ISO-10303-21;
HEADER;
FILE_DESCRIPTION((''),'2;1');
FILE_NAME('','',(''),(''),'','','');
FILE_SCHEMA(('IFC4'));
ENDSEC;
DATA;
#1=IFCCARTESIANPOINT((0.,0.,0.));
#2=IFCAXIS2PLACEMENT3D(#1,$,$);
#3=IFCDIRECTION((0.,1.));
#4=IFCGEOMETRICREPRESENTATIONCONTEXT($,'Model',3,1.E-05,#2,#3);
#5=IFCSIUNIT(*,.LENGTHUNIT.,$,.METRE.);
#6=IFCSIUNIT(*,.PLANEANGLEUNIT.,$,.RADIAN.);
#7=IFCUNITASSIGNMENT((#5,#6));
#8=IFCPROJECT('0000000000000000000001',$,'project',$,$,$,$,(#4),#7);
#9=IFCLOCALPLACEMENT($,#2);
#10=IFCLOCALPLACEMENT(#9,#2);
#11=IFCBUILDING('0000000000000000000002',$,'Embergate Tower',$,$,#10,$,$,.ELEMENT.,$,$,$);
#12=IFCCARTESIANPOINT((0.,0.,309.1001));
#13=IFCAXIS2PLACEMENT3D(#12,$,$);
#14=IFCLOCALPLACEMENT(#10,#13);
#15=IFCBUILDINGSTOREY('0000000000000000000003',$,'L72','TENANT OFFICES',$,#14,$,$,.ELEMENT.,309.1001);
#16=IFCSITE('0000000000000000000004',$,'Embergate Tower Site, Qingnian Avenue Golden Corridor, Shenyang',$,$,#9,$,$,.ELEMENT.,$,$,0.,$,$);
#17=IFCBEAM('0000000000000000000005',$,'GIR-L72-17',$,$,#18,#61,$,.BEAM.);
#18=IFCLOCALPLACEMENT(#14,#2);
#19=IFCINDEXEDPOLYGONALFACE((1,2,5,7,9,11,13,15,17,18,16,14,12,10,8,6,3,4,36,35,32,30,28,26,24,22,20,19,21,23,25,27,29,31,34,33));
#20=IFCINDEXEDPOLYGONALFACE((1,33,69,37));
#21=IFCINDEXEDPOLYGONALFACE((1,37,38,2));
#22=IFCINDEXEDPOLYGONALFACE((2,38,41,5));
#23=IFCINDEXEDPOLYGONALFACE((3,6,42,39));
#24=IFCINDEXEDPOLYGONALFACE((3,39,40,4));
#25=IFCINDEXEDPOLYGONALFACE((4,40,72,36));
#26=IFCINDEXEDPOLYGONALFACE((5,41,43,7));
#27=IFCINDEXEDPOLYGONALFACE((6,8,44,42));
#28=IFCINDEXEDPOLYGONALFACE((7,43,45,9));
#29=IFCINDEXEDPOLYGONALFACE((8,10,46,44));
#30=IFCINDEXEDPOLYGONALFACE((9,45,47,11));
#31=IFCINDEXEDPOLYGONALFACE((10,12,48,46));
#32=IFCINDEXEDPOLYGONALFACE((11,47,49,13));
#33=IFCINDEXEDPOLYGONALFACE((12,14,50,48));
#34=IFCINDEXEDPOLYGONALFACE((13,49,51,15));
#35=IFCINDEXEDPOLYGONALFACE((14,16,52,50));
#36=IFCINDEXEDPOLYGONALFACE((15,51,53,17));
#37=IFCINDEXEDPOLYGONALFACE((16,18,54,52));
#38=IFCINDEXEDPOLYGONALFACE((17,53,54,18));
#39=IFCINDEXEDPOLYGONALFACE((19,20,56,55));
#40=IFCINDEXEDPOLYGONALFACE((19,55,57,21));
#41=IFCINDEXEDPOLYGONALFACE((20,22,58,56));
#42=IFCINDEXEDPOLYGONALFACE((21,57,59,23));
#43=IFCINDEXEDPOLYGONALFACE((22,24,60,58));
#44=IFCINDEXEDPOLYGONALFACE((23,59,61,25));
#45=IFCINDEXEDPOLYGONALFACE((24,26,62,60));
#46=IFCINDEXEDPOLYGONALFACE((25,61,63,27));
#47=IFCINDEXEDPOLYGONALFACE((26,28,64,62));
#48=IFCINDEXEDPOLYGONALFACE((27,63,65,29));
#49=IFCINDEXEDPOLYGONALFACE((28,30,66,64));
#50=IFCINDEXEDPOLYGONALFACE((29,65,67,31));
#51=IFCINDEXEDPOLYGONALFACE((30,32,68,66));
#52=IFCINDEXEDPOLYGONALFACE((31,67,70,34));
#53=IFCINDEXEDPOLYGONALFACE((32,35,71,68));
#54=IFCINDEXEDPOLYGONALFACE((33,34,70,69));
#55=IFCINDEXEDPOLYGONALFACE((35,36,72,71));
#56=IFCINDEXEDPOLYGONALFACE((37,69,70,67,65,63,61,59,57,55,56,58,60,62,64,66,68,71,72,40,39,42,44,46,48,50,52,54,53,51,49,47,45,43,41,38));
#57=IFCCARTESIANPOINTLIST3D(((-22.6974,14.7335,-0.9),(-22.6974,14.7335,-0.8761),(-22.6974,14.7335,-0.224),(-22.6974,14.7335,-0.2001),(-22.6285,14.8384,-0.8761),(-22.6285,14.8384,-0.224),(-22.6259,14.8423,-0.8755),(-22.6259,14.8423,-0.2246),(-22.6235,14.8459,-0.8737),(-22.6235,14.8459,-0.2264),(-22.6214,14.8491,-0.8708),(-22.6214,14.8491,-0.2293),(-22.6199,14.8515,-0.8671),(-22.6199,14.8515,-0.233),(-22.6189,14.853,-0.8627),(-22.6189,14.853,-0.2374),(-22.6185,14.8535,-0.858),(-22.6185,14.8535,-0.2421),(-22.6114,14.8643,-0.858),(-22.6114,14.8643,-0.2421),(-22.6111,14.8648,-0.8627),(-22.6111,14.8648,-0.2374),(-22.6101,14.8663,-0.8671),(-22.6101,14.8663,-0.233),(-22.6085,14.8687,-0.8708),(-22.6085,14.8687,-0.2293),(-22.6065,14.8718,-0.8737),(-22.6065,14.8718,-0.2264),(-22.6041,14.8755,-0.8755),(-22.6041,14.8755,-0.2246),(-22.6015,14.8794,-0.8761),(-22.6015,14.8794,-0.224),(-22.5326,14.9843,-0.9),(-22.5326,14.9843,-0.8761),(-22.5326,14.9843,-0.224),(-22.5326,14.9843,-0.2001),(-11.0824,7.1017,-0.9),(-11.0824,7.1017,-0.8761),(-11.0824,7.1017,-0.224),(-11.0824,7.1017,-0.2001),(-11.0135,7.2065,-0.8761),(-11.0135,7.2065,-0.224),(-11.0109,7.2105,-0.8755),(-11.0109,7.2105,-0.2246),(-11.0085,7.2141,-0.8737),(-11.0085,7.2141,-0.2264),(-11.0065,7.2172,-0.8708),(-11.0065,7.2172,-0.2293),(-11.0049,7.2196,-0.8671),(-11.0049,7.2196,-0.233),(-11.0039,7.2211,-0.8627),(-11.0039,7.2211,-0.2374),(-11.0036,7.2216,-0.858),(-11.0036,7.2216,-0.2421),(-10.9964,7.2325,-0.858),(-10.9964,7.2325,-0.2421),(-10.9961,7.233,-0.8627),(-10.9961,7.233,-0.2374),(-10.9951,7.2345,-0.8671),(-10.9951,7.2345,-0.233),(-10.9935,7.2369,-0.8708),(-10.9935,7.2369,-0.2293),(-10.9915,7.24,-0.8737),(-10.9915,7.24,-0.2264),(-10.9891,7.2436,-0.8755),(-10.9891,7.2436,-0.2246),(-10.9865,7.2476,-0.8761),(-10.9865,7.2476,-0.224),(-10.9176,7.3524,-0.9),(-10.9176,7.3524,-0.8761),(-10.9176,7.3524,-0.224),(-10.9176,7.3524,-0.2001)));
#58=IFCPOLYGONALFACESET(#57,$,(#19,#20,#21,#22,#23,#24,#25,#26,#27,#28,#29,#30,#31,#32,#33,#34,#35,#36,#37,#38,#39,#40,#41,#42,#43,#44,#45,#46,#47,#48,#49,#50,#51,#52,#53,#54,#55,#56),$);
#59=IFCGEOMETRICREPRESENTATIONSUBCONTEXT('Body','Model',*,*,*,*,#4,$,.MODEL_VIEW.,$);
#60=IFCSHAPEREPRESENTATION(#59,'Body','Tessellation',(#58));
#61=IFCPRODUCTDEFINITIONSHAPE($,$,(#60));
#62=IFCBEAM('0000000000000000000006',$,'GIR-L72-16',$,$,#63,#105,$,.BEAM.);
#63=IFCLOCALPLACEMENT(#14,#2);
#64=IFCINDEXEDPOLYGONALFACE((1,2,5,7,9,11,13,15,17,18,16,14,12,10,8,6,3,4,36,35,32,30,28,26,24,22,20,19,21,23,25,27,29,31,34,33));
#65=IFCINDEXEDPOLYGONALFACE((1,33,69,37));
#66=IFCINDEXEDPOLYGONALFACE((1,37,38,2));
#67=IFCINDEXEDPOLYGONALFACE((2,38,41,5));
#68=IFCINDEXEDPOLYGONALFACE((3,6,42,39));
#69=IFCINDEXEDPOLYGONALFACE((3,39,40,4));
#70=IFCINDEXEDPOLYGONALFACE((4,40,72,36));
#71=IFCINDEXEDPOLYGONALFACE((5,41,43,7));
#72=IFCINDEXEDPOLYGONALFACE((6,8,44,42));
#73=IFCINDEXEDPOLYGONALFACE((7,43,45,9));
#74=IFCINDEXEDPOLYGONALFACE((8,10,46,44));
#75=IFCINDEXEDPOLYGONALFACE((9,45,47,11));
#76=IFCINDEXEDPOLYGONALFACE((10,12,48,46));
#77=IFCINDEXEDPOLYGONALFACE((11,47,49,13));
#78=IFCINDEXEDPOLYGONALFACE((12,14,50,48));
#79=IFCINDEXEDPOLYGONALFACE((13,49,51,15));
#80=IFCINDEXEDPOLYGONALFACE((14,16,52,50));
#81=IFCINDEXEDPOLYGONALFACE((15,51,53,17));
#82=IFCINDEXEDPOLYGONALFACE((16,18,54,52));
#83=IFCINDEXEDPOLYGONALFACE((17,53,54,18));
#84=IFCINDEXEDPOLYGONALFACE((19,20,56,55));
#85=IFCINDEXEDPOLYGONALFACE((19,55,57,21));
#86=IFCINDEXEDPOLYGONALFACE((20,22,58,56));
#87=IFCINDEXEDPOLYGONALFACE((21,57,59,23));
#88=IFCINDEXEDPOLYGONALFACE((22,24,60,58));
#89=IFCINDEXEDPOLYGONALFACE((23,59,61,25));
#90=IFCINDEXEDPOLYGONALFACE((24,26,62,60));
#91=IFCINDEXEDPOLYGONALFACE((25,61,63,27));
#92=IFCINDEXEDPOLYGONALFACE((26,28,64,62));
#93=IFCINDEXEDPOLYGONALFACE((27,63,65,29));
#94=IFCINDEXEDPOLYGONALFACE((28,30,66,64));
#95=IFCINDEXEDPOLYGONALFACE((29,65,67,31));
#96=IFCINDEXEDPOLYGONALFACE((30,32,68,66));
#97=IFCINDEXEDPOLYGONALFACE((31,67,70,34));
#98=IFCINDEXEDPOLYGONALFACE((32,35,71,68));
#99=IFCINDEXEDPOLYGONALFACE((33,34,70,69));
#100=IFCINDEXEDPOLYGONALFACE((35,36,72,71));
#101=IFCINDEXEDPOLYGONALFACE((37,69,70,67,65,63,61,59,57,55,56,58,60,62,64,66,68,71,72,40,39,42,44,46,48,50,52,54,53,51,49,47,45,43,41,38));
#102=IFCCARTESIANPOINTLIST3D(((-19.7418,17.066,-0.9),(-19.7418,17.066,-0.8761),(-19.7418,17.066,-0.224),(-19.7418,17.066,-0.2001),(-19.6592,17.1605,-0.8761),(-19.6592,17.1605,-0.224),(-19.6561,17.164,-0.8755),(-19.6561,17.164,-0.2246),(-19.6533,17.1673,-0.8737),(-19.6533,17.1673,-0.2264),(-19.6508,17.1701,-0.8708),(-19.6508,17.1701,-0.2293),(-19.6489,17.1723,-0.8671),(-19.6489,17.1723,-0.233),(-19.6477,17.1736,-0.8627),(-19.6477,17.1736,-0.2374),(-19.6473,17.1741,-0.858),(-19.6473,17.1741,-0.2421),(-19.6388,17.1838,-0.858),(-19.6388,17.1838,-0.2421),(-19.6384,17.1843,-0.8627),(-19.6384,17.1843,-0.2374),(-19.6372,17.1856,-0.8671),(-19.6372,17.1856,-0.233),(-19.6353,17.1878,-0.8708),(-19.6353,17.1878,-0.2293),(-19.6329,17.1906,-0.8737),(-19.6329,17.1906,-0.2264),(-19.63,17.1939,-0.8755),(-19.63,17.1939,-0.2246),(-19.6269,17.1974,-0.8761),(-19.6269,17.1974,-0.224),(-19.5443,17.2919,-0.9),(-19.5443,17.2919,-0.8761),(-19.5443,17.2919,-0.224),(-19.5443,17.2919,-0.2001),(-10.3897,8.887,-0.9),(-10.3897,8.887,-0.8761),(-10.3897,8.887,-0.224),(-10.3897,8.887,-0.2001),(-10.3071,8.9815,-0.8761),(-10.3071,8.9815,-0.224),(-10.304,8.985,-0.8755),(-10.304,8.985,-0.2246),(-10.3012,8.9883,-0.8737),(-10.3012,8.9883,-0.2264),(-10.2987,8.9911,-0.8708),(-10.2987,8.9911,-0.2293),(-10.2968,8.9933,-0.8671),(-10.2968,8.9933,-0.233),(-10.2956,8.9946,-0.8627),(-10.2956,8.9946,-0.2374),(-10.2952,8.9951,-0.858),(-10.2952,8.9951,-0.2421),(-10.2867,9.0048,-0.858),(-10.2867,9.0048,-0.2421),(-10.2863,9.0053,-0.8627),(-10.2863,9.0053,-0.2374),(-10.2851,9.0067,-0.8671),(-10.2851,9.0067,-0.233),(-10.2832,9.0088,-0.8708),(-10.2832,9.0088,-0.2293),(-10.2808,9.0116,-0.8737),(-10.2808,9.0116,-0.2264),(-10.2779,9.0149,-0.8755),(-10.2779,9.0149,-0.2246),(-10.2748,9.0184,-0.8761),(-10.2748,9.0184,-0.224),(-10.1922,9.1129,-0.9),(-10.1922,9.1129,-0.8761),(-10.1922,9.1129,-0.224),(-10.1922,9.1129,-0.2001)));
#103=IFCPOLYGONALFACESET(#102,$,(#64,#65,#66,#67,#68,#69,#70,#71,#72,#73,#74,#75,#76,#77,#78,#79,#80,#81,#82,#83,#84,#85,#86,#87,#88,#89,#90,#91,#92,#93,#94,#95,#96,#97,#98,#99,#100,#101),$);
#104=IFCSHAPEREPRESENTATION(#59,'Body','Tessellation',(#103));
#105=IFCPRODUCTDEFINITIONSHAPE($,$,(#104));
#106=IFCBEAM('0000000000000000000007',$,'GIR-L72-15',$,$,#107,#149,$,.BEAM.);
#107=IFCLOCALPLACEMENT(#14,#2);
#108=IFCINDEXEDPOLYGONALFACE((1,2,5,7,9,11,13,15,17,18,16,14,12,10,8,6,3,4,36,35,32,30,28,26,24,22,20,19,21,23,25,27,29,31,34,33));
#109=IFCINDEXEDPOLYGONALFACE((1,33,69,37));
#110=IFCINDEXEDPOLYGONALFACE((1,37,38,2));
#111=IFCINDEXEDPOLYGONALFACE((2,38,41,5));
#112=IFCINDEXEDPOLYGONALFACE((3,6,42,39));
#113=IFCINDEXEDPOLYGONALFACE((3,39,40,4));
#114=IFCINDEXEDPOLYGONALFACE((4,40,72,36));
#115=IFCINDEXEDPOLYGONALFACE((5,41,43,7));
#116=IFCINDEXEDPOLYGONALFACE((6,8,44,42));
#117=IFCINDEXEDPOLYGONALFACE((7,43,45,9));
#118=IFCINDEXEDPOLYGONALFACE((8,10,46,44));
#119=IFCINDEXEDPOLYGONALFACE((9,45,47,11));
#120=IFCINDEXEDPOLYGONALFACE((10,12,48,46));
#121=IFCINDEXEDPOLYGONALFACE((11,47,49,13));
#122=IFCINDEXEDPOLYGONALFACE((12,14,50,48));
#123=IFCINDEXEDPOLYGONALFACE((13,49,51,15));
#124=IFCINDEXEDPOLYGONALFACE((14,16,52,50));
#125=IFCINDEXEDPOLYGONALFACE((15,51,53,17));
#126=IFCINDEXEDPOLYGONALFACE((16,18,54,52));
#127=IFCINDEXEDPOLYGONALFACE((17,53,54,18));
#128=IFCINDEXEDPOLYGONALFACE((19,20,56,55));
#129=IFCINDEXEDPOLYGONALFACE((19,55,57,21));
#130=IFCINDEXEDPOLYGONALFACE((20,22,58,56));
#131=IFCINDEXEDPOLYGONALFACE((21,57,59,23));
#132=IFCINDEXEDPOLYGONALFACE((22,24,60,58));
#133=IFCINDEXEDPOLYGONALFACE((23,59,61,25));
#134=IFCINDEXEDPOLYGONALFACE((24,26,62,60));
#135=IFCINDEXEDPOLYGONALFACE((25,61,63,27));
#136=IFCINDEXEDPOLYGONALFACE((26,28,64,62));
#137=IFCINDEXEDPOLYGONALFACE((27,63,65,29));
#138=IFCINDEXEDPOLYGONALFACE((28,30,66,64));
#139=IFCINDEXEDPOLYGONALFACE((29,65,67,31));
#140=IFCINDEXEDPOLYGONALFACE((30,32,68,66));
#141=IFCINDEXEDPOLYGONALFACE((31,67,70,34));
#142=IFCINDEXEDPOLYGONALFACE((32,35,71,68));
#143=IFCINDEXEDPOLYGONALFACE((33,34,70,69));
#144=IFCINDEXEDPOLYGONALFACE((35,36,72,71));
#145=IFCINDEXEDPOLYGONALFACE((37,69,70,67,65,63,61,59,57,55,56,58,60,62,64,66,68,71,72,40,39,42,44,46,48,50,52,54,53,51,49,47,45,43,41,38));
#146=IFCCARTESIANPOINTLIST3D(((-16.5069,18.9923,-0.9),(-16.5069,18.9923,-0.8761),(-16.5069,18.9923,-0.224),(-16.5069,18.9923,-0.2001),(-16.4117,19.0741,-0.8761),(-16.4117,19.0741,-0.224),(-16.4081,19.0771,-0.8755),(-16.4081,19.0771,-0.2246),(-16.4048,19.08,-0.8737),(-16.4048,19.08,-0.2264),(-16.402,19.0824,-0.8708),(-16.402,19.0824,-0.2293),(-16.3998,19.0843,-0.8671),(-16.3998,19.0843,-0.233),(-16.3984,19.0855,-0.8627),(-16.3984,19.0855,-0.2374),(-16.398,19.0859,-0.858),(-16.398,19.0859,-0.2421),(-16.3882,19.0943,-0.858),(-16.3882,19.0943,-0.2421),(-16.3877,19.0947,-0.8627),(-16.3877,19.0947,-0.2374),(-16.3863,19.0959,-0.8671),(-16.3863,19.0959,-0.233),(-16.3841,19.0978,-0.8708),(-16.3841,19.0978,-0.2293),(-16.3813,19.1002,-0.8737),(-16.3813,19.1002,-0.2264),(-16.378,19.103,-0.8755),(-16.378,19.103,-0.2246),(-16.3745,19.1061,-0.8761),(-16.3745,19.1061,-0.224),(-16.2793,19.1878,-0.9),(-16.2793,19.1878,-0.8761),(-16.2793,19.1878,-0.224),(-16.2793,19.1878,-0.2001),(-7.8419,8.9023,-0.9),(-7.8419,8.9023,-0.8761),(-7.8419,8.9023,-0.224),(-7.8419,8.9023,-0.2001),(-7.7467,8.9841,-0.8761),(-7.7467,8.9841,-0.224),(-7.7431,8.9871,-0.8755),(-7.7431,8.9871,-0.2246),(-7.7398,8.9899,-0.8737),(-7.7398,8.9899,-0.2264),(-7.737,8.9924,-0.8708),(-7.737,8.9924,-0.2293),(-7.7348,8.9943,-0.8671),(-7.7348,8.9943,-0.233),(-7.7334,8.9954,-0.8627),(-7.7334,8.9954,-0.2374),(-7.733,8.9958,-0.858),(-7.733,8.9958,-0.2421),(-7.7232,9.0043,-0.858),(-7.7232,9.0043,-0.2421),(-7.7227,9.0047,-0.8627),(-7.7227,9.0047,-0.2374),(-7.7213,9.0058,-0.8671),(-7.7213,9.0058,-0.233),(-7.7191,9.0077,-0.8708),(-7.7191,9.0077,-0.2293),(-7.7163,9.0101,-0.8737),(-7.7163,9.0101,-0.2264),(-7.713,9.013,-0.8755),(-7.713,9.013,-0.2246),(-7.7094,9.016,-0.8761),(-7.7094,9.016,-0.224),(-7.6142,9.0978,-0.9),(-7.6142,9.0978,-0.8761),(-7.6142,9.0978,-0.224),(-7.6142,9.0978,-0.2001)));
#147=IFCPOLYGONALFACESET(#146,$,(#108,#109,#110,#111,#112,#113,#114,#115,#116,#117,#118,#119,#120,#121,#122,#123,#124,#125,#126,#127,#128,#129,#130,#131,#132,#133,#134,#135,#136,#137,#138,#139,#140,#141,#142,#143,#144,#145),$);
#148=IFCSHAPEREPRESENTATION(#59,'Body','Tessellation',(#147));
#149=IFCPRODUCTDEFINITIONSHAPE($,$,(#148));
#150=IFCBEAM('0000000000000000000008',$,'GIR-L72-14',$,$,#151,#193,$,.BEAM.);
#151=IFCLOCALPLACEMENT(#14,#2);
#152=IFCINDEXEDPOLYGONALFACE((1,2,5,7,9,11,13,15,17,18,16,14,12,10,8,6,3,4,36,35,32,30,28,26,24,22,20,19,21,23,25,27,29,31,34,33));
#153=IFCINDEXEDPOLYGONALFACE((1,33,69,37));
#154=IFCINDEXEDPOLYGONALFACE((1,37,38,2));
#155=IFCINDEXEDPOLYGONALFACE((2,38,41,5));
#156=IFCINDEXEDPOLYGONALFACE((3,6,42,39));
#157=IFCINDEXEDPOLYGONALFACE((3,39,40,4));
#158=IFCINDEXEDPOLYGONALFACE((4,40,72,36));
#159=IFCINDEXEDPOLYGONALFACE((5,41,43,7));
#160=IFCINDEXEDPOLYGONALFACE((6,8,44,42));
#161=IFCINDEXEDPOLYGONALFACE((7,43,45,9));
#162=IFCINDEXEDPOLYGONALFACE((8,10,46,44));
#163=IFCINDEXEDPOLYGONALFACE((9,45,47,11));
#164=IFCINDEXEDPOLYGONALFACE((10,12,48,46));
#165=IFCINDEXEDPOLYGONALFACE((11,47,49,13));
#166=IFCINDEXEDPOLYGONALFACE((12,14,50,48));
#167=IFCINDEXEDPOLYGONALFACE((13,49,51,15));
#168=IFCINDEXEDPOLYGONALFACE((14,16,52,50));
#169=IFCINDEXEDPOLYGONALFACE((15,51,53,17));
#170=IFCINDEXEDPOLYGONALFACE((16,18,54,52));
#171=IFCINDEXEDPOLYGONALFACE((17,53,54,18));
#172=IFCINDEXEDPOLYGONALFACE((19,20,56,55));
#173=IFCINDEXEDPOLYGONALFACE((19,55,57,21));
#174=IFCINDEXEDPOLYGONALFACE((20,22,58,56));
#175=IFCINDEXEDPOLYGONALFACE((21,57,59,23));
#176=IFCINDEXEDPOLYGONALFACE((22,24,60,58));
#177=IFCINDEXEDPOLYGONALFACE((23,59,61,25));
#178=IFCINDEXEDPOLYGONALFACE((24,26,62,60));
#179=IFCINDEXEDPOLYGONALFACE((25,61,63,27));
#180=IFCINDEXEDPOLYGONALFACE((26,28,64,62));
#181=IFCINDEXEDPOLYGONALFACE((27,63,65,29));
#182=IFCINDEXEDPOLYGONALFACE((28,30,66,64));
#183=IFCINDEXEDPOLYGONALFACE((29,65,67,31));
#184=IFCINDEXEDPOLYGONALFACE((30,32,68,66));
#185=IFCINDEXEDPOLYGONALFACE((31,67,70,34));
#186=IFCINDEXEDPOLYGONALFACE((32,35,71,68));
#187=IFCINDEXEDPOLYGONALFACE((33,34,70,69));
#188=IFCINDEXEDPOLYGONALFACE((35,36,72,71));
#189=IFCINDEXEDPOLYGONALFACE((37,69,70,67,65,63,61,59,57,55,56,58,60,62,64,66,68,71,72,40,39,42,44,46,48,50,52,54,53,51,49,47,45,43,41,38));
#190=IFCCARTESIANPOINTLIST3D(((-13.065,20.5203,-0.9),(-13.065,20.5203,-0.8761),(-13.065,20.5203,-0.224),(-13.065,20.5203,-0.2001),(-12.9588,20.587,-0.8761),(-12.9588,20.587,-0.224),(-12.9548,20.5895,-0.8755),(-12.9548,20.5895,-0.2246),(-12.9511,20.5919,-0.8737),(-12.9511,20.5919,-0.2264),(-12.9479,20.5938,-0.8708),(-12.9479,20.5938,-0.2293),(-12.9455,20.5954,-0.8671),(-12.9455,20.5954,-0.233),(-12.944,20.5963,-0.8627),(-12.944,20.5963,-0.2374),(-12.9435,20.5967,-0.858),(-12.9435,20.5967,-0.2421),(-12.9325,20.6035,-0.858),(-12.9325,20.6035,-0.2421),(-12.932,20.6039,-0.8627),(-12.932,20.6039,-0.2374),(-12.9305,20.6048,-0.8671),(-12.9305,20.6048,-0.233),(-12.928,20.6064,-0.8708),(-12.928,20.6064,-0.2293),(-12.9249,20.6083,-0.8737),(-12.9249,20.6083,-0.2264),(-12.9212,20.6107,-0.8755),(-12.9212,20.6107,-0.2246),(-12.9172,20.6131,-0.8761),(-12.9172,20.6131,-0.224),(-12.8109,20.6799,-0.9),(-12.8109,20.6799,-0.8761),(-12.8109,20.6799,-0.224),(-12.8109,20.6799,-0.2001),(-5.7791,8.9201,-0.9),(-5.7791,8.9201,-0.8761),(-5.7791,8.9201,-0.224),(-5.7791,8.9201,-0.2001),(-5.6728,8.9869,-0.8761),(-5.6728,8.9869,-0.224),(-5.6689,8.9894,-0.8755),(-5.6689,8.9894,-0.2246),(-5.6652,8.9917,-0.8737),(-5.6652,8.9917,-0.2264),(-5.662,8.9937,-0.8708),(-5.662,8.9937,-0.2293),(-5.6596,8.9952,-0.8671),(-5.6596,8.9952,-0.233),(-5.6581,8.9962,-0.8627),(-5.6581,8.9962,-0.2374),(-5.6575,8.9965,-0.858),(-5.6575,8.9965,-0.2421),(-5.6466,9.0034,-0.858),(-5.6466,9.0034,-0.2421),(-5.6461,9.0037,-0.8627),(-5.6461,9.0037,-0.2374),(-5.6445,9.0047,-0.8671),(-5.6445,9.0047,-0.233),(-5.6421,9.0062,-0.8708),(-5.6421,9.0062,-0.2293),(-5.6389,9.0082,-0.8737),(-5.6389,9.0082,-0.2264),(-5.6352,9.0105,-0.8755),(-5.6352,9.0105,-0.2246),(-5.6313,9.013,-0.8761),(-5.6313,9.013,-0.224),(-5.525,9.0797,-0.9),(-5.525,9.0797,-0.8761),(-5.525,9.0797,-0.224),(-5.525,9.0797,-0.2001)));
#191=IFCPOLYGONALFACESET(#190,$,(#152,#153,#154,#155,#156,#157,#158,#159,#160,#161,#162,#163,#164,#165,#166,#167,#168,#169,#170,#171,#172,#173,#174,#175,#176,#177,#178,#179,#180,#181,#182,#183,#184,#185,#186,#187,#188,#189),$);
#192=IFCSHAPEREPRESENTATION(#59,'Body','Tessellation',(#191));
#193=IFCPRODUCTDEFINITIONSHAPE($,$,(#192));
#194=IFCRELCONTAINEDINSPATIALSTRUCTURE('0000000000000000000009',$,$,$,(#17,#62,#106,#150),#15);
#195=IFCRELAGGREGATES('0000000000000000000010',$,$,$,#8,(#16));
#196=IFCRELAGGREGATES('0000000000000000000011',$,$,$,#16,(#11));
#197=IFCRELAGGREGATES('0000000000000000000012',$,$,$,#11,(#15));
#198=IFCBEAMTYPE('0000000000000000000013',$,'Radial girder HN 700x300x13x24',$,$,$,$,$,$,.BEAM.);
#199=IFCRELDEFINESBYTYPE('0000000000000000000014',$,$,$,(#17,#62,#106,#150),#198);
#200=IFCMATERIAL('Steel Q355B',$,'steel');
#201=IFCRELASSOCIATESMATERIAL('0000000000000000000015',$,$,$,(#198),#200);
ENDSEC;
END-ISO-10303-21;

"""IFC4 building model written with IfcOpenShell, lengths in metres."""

from ifc_helpers import new_model, si_unit, direction, frame, origin, origin_2d, place, context, subcontext, project, spatial, i_section, extrude, source, transform, mapped, material, material_profile, profile_set, type_object, element, save


model = new_model("IFC4")

# Units and contexts
model_context = context("Model", 3, precision=1e-05, world=origin(), true_north=direction((0.0, 1.0)))
body_context = subcontext(model_context, "Body", "Model", "MODEL_VIEW")
ifc_project = project(units=[si_unit("LENGTHUNIT", "METRE"), si_unit("PLANEANGLEUNIT", "RADIAN")], contexts=[model_context])

# Site, building, storey
site_placement = place(None, origin())
site = spatial("IfcSite", under=ifc_project, at=site_placement, Name="Embergate Tower Site, Qingnian Avenue Golden Corridor, Shenyang", CompositionType="ELEMENT", RefElevation=0.0)
building_placement = place(site_placement, origin())
building = spatial("IfcBuilding", under=site, at=building_placement, Name="Embergate Tower", CompositionType="ELEMENT")
storey_placement = place(building_placement, frame((0.0, 0.0, 309.1001)))
storey = spatial("IfcBuildingStorey", under=building, at=storey_placement, Name="L72", Description="TENANT OFFICES", CompositionType="ELEMENT", Elevation=309.1001)

# Beams
ifc_material_1 = material(Name="Steel Q355B", Category="steel")
ifc_material_profile_1 = material_profile(ifc_material_1, i_section(OverallWidth=0.3, OverallDepth=0.7, WebThickness=0.0129, FlangeThickness=0.0239, FilletRadius=0.0181, at=origin_2d()), Name="HN 700x300x13x24")
ifc_profile_set_1 = profile_set([ifc_material_profile_1], Name="Steel Q355 grade B")
beam_type_1 = type_object("IfcBeamType", Name="Radial girder HN 700x300x13x24", PredefinedType="BEAM", material=ifc_profile_set_1)
shared_shape_1 = source(origin(), body_context, "Body", "SweptSolid", [
    extrude(i_section(OverallWidth=0.3, OverallDepth=0.7, WebThickness=0.0129, FlangeThickness=0.0239, FilletRadius=0.0181, at=origin_2d()), origin(), (0.0, 0.0, 1.0), 13.8979),
])
beam_1_placement = place(storey_placement, frame((-22.615, 14.8589, -0.55), z_axis=(0.835734, -0.549134, 0.0), x_axis=(0.549134, 0.835734, 0.0)))
element("IfcBeam", 1, at=beam_1_placement, inside=storey, type_object=beam_type_1, Name="GIR-L72-17", PredefinedType="BEAM", context=body_context, shape_type="MappedRepresentation", body=[
    mapped(shared_shape_1, transform((0.0, 0.0, 0.0))),
])
shared_shape_2 = source(origin(), body_context, "Body", "SweptSolid", [
    extrude(i_section(OverallWidth=0.3, OverallDepth=0.7, WebThickness=0.0129, FlangeThickness=0.0239, FilletRadius=0.0181, at=origin_2d()), origin(), (0.0, 0.0, 1.0), 12.4241),
])
beam_2_placement = place(storey_placement, frame((-19.6431, 17.179, -0.55), z_axis=(0.75274, -0.658318, 0.0), x_axis=(0.658318, 0.75274, 0.0)))
element("IfcBeam", 2, at=beam_2_placement, inside=storey, type_object=beam_type_1, Name="GIR-L72-16", PredefinedType="BEAM", context=body_context, shape_type="MappedRepresentation", body=[
    mapped(shared_shape_2, transform((0.0, 0.0, 0.0))),
])
shared_shape_3 = source(origin(), body_context, "Body", "SweptSolid", [
    extrude(i_section(OverallWidth=0.3, OverallDepth=0.7, WebThickness=0.0129, FlangeThickness=0.0239, FilletRadius=0.0181, at=origin_2d()), origin(), (0.0, 0.0, 1.0), 13.3),
])
beam_3_placement = place(storey_placement, frame((-16.3931, 19.0901, -0.55), z_axis=(0.651502, -0.758647, 0.0), x_axis=(0.758647, 0.651502, 0.0)))
element("IfcBeam", 3, at=beam_3_placement, inside=storey, type_object=beam_type_1, Name="GIR-L72-15", PredefinedType="BEAM", context=body_context, shape_type="MappedRepresentation", body=[
    mapped(shared_shape_3, transform((0.0, 0.0, 0.0))),
])
shared_shape_4 = source(origin(), body_context, "Body", "SweptSolid", [
    extrude(i_section(OverallWidth=0.3, OverallDepth=0.7, WebThickness=0.0129, FlangeThickness=0.0239, FilletRadius=0.0181, at=origin_2d()), origin(), (0.0, 0.0, 1.0), 13.6985),
])
beam_4_placement = place(storey_placement, frame((-12.938, 20.6001, -0.55), z_axis=(0.531878, -0.846821, 0.0), x_axis=(0.846821, 0.531878, 0.0)))
element("IfcBeam", 4, at=beam_4_placement, inside=storey, type_object=beam_type_1, Name="GIR-L72-14", PredefinedType="BEAM", context=body_context, shape_type="MappedRepresentation", body=[
    mapped(shared_shape_4, transform((0.0, 0.0, 0.0))),
])

save(model, "model.ifc")
